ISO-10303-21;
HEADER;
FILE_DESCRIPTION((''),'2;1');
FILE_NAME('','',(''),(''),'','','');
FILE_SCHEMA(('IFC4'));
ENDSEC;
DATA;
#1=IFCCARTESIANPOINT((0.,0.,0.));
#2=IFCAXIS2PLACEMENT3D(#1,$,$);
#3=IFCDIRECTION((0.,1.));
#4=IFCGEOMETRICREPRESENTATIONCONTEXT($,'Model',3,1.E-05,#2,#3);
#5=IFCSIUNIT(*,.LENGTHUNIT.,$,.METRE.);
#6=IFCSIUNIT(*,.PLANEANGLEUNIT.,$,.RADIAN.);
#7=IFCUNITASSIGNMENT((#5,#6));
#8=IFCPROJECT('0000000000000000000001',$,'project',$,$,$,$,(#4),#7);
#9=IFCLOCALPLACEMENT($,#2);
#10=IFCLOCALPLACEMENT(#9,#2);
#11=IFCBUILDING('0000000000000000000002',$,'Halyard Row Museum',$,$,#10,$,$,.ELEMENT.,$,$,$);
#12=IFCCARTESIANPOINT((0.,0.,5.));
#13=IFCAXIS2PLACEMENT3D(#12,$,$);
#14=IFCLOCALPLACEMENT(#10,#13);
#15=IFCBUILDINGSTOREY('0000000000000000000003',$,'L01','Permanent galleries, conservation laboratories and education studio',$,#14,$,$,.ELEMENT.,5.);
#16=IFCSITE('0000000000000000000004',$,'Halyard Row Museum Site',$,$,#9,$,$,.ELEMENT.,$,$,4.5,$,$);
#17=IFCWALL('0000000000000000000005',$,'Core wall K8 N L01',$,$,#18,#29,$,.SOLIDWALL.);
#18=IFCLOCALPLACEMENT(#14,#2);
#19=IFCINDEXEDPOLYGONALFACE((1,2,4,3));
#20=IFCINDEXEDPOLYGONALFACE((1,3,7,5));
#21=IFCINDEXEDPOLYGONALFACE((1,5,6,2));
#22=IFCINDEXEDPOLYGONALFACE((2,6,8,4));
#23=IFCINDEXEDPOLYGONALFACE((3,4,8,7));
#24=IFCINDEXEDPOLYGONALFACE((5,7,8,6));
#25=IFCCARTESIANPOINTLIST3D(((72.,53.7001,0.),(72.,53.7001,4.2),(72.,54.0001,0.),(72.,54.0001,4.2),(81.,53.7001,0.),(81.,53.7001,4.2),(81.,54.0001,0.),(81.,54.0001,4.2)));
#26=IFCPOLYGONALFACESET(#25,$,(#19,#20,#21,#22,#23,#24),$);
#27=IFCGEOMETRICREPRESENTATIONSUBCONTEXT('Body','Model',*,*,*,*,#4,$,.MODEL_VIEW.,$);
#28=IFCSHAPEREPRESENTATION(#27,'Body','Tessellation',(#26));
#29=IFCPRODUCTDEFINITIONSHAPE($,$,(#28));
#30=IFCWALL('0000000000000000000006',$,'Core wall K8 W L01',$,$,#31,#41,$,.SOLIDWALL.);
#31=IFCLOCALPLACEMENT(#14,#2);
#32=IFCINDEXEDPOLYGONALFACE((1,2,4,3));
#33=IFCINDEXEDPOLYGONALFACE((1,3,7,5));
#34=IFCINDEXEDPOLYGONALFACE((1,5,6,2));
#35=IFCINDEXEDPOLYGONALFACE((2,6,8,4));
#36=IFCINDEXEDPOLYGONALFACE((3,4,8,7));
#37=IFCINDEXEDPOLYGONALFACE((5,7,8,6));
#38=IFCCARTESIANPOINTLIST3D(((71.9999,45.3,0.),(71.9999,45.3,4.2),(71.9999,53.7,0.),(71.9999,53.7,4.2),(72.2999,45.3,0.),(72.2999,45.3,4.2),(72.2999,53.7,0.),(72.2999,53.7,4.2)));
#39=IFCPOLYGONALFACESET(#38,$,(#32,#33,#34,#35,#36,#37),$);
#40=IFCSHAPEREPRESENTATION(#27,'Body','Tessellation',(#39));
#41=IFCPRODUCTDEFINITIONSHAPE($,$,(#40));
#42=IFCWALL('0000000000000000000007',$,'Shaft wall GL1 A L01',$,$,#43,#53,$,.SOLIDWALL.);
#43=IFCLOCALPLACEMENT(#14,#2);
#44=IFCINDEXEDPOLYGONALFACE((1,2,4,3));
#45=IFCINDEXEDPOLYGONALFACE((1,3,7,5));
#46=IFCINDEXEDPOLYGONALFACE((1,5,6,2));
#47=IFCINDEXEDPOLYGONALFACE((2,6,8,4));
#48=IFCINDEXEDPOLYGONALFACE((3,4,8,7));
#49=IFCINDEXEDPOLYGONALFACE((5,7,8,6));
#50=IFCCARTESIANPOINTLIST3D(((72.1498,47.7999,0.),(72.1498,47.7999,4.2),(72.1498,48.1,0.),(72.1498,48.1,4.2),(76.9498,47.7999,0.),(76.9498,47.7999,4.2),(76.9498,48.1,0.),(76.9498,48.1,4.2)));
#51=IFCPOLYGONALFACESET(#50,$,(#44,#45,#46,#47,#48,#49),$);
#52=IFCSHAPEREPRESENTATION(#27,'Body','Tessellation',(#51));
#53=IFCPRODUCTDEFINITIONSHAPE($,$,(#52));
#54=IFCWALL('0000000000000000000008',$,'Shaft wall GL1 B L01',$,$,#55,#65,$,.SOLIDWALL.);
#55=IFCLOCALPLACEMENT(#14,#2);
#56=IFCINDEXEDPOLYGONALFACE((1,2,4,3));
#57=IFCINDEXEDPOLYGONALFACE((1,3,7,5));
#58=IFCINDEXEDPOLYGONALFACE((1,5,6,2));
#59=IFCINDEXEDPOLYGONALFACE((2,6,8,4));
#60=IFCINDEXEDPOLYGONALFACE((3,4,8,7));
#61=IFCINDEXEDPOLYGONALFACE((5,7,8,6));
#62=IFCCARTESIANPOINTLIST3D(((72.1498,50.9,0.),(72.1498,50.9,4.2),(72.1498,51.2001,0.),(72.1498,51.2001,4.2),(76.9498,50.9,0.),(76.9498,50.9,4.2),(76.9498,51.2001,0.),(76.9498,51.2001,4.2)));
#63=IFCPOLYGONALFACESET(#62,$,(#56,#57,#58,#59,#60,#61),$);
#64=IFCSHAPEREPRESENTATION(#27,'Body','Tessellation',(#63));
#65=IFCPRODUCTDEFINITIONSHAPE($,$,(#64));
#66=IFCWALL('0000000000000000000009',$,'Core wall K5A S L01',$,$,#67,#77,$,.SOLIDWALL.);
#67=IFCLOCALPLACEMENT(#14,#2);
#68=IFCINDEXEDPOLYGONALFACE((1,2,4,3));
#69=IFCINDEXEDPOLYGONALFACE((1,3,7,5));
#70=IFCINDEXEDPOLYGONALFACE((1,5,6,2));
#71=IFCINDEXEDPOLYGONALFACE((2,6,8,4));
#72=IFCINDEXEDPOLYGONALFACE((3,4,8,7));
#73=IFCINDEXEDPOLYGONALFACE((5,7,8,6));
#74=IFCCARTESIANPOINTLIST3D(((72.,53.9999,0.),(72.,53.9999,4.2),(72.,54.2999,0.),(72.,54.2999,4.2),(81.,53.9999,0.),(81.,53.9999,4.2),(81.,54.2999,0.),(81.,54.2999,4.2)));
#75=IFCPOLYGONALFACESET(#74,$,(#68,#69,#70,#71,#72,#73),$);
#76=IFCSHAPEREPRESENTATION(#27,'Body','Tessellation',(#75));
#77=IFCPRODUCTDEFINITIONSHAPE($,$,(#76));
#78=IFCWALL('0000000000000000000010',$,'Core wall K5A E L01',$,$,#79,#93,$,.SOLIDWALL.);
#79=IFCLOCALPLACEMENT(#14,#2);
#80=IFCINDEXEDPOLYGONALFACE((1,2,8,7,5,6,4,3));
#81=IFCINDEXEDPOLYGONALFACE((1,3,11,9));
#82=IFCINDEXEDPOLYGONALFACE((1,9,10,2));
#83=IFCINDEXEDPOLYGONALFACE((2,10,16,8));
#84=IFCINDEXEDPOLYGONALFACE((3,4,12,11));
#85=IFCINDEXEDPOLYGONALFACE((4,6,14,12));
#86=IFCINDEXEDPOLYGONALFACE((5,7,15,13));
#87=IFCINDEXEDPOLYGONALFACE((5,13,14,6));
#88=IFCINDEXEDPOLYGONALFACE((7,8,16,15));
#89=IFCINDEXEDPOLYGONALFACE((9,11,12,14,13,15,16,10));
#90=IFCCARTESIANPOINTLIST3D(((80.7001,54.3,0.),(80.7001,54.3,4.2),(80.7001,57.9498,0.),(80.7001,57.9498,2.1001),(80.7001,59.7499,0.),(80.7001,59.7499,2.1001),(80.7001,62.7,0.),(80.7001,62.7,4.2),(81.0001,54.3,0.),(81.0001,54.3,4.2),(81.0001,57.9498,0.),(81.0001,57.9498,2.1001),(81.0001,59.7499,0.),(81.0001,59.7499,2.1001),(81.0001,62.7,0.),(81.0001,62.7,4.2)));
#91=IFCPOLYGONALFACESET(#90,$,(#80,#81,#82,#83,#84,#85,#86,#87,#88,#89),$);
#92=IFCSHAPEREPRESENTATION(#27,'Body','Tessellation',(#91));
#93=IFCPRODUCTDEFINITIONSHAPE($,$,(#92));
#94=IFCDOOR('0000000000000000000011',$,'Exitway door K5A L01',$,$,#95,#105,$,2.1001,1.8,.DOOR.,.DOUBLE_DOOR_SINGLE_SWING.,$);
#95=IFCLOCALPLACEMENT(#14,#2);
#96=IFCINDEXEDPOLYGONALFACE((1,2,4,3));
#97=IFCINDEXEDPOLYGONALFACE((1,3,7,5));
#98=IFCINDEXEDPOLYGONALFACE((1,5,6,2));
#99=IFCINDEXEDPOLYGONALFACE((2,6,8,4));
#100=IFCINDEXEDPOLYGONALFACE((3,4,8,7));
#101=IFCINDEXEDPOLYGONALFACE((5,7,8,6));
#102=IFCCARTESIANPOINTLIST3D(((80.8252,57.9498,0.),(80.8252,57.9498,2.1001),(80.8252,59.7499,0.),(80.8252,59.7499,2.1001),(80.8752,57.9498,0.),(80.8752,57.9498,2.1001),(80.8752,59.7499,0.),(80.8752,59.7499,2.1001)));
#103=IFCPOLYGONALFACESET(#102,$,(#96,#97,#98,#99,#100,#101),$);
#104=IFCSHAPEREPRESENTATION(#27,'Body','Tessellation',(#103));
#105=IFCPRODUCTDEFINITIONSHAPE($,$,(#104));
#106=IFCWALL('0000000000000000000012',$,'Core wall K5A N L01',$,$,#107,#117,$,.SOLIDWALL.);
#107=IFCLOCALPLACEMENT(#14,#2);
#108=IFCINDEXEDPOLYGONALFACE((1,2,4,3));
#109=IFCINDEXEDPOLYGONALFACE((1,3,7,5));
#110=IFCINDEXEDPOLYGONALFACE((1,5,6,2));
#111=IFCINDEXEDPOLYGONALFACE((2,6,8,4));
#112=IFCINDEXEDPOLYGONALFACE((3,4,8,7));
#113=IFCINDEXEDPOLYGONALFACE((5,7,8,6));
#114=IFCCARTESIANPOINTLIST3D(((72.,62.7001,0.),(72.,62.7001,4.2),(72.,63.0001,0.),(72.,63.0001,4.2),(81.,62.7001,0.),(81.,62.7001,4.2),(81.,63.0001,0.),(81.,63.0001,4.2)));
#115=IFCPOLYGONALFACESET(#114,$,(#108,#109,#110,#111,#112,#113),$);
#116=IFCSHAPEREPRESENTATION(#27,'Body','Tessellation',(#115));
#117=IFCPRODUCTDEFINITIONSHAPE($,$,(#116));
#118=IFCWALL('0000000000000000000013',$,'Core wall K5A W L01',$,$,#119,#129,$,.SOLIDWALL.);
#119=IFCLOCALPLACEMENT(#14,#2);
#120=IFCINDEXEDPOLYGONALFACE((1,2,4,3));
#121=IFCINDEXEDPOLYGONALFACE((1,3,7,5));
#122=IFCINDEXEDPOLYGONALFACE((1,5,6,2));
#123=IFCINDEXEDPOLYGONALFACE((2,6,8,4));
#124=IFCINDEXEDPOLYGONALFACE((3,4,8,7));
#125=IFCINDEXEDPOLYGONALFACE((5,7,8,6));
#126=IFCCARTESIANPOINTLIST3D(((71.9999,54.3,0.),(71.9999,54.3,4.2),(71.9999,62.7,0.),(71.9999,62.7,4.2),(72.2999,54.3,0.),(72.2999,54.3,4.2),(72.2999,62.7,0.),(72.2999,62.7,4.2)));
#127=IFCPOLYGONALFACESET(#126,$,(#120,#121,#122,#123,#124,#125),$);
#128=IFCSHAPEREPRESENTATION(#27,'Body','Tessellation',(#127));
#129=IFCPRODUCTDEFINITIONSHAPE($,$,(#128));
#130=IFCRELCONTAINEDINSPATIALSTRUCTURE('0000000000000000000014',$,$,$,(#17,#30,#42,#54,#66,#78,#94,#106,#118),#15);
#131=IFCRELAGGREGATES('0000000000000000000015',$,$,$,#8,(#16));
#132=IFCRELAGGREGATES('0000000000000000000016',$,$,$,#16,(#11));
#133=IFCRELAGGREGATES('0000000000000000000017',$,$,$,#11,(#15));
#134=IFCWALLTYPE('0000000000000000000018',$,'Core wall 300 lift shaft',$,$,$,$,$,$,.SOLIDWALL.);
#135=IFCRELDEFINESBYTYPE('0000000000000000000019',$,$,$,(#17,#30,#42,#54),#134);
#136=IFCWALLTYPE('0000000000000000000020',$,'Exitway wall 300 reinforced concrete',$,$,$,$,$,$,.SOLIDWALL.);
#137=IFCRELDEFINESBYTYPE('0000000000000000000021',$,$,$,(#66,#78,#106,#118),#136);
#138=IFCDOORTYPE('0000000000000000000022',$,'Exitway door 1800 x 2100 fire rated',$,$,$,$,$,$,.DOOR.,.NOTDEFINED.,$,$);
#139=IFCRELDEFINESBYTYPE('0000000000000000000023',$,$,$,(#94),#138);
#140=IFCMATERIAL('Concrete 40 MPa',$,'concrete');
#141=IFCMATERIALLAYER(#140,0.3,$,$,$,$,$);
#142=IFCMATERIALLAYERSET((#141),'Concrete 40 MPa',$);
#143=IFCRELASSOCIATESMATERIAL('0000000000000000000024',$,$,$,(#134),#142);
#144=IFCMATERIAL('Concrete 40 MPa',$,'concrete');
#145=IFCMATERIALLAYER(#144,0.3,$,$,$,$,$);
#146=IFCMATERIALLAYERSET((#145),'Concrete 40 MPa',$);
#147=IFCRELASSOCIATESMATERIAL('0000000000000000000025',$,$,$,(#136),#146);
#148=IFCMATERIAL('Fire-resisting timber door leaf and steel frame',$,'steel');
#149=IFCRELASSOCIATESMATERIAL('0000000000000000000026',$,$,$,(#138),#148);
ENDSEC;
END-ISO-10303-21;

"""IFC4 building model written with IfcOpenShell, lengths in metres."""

from ifc_helpers import new_model, si_unit, direction, frame, frame_2d, origin, place, context, subcontext, project, spatial, rectangle, extrude, material, layer, layer_set, type_object, element, fill, save


model = new_model("IFC4")

# Units and contexts
model_context = context("Model", 3, precision=1e-05, world=origin(), true_north=direction((0.0, 1.0)))
body_context = subcontext(model_context, "Body", "Model", "MODEL_VIEW")
ifc_project = project(units=[si_unit("LENGTHUNIT", "METRE"), si_unit("PLANEANGLEUNIT", "RADIAN")], contexts=[model_context])

# Site, building, storey
site_placement = place(None, origin())
site = spatial("IfcSite", under=ifc_project, at=site_placement, Name="Halyard Row Museum Site", CompositionType="ELEMENT", RefElevation=4.5)
building_placement = place(site_placement, origin())
building = spatial("IfcBuilding", under=site, at=building_placement, Name="Halyard Row Museum", CompositionType="ELEMENT")
storey_placement = place(building_placement, frame((0.0, 0.0, 5.0)))
storey = spatial("IfcBuildingStorey", under=building, at=storey_placement, Name="L01", Description="Permanent galleries, conservation laboratories and education studio", CompositionType="ELEMENT", Elevation=5.0)

# Shared definitions
ifc_material_1 = material(Name="Concrete 40 MPa", Category="concrete")
ifc_layer_1 = layer(ifc_material_1, 0.3)
ifc_layer_set_1 = layer_set([ifc_layer_1], Name="Concrete 40 MPa")
wall_type_1 = type_object("IfcWallType", Name="Core wall 300 lift shaft", PredefinedType="SOLIDWALL", material=ifc_layer_set_1)

# Walls
wall_1_placement = place(storey_placement, frame((72.0, 53.8501, 0.0), z_axis=(0.0, 0.0, 1.0), x_axis=(1.0, 0.0, 0.0)))
element("IfcWall", 1, at=wall_1_placement, inside=storey, type_object=wall_type_1, Name="Core wall K8 N L01", PredefinedType="SOLIDWALL", context=body_context, shape_type="SweptSolid", body=[
    extrude(rectangle(XDim=9.0, YDim=0.3, at=frame_2d((4.5, 0.0))), origin(), (0.0, 0.0, 1.0), 4.2),
])
wall_2_placement = place(storey_placement, frame((72.1499, 45.3, 0.0), z_axis=(0.0, 0.0, 1.0), x_axis=(0.0, 1.0, 0.0)))
element("IfcWall", 2, at=wall_2_placement, inside=storey, type_object=wall_type_1, Name="Core wall K8 W L01", PredefinedType="SOLIDWALL", context=body_context, shape_type="SweptSolid", body=[
    extrude(rectangle(XDim=8.3999, YDim=0.3, at=frame_2d((4.2, 0.0))), origin(), (0.0, 0.0, 1.0), 4.2),
])

# Walls
for number, where, z_axis, x_axis, name in (
    (3, (72.1499, 47.95, 0.0), (0.0, 0.0, 1.0), (1.0, 0.0, 0.0), "Shaft wall GL1 A L01"),
    (4, (72.1499, 51.05, 0.0), (0.0, 0.0, 1.0), (1.0, 0.0, 0.0), "Shaft wall GL1 B L01"),
):
    element("IfcWall", number, at=place(storey_placement, frame(where, z_axis=z_axis, x_axis=x_axis)), inside=storey, type_object=wall_type_1, Name=name, PredefinedType="SOLIDWALL", context=body_context, shape_type="SweptSolid", body=[
        extrude(rectangle(XDim=4.8, YDim=0.3, at=frame_2d((2.3999, 0.0))), origin(), (0.0, 0.0, 1.0), 4.2),
    ])
ifc_material_2 = material(Name="Concrete 40 MPa", Category="concrete")
ifc_layer_2 = layer(ifc_material_2, 0.3)
ifc_layer_set_2 = layer_set([ifc_layer_2], Name="Concrete 40 MPa")
wall_type_2 = type_object("IfcWallType", Name="Exitway wall 300 reinforced concrete", PredefinedType="SOLIDWALL", material=ifc_layer_set_2)
wall_3_placement = place(storey_placement, frame((72.0, 54.1499, 0.0), z_axis=(0.0, 0.0, 1.0), x_axis=(1.0, 0.0, 0.0)))
element("IfcWall", 5, at=wall_3_placement, inside=storey, type_object=wall_type_2, Name="Core wall K5A S L01", PredefinedType="SOLIDWALL", context=body_context, shape_type="SweptSolid", body=[
    extrude(rectangle(XDim=9.0, YDim=0.3, at=frame_2d((4.5, 0.0))), origin(), (0.0, 0.0, 1.0), 4.2),
])

# Wall, opening, door
wall_4_placement = place(storey_placement, frame((80.8501, 54.3, 0.0), z_axis=(0.0, 0.0, 1.0), x_axis=(0.0, 1.0, 0.0)))
wall_4 = element("IfcWall", 6, at=wall_4_placement, inside=storey, type_object=wall_type_2, Name="Core wall K5A E L01", PredefinedType="SOLIDWALL", context=body_context, shape_type="SweptSolid", body=[
    extrude(rectangle(XDim=8.3999, YDim=0.3, at=frame_2d((4.2, 0.0))), origin(), (0.0, 0.0, 1.0), 4.2),
])
opening_1_placement = place(wall_4_placement, frame((3.6499, 0.0, 0.0)))
opening_1 = element("IfcOpeningElement", 7, at=opening_1_placement, cuts=wall_4, PredefinedType="OPENING", context=body_context, shape_type="SweptSolid", body=[
    extrude(rectangle(XDim=1.8, YDim=2.1001, at=frame_2d((0.8999, 1.05))), frame((0.0, 0.1599, 0.0), z_axis=(0.0, -1.0, 0.0), x_axis=(1.0, 0.0, 0.0)), (0.0, 0.0, 1.0), 0.3201),
])
ifc_material_3 = material(Name="Fire-resisting timber door leaf and steel frame", Category="steel")
door_type_1 = type_object("IfcDoorType", Name="Exitway door 1800 x 2100 fire rated", OperationType="NOTDEFINED", PredefinedType="DOOR", material=ifc_material_3)
door_1_placement = place(opening_1_placement, origin())
door_1 = element("IfcDoor", 8, at=door_1_placement, inside=storey, type_object=door_type_1, Name="Exitway door K5A L01", OperationType="DOUBLE_DOOR_SINGLE_SWING", OverallHeight=2.1001, OverallWidth=1.8, PredefinedType="DOOR", context=body_context, shape_type="SweptSolid", body=[
    extrude(rectangle(XDim=1.8, YDim=2.1001, at=frame_2d((0.8999, 1.05))), frame((0.0, 0.0249, 0.0), z_axis=(0.0, -1.0, 0.0), x_axis=(1.0, 0.0, 0.0)), (0.0, 0.0, 1.0), 0.05),
])
fill(opening_1, door_1)

# Walls
wall_5_placement = place(storey_placement, frame((72.0, 62.8501, 0.0), z_axis=(0.0, 0.0, 1.0), x_axis=(1.0, 0.0, 0.0)))
element("IfcWall", 9, at=wall_5_placement, inside=storey, type_object=wall_type_2, Name="Core wall K5A N L01", PredefinedType="SOLIDWALL", context=body_context, shape_type="SweptSolid", body=[
    extrude(rectangle(XDim=9.0, YDim=0.3, at=frame_2d((4.5, 0.0))), origin(), (0.0, 0.0, 1.0), 4.2),
])
wall_6_placement = place(storey_placement, frame((72.1499, 54.3, 0.0), z_axis=(0.0, 0.0, 1.0), x_axis=(0.0, 1.0, 0.0)))
element("IfcWall", 10, at=wall_6_placement, inside=storey, type_object=wall_type_2, Name="Core wall K5A W L01", PredefinedType="SOLIDWALL", context=body_context, shape_type="SweptSolid", body=[
    extrude(rectangle(XDim=8.3999, YDim=0.3, at=frame_2d((4.2, 0.0))), origin(), (0.0, 0.0, 1.0), 4.2),
])

save(model, "model.ifc")
